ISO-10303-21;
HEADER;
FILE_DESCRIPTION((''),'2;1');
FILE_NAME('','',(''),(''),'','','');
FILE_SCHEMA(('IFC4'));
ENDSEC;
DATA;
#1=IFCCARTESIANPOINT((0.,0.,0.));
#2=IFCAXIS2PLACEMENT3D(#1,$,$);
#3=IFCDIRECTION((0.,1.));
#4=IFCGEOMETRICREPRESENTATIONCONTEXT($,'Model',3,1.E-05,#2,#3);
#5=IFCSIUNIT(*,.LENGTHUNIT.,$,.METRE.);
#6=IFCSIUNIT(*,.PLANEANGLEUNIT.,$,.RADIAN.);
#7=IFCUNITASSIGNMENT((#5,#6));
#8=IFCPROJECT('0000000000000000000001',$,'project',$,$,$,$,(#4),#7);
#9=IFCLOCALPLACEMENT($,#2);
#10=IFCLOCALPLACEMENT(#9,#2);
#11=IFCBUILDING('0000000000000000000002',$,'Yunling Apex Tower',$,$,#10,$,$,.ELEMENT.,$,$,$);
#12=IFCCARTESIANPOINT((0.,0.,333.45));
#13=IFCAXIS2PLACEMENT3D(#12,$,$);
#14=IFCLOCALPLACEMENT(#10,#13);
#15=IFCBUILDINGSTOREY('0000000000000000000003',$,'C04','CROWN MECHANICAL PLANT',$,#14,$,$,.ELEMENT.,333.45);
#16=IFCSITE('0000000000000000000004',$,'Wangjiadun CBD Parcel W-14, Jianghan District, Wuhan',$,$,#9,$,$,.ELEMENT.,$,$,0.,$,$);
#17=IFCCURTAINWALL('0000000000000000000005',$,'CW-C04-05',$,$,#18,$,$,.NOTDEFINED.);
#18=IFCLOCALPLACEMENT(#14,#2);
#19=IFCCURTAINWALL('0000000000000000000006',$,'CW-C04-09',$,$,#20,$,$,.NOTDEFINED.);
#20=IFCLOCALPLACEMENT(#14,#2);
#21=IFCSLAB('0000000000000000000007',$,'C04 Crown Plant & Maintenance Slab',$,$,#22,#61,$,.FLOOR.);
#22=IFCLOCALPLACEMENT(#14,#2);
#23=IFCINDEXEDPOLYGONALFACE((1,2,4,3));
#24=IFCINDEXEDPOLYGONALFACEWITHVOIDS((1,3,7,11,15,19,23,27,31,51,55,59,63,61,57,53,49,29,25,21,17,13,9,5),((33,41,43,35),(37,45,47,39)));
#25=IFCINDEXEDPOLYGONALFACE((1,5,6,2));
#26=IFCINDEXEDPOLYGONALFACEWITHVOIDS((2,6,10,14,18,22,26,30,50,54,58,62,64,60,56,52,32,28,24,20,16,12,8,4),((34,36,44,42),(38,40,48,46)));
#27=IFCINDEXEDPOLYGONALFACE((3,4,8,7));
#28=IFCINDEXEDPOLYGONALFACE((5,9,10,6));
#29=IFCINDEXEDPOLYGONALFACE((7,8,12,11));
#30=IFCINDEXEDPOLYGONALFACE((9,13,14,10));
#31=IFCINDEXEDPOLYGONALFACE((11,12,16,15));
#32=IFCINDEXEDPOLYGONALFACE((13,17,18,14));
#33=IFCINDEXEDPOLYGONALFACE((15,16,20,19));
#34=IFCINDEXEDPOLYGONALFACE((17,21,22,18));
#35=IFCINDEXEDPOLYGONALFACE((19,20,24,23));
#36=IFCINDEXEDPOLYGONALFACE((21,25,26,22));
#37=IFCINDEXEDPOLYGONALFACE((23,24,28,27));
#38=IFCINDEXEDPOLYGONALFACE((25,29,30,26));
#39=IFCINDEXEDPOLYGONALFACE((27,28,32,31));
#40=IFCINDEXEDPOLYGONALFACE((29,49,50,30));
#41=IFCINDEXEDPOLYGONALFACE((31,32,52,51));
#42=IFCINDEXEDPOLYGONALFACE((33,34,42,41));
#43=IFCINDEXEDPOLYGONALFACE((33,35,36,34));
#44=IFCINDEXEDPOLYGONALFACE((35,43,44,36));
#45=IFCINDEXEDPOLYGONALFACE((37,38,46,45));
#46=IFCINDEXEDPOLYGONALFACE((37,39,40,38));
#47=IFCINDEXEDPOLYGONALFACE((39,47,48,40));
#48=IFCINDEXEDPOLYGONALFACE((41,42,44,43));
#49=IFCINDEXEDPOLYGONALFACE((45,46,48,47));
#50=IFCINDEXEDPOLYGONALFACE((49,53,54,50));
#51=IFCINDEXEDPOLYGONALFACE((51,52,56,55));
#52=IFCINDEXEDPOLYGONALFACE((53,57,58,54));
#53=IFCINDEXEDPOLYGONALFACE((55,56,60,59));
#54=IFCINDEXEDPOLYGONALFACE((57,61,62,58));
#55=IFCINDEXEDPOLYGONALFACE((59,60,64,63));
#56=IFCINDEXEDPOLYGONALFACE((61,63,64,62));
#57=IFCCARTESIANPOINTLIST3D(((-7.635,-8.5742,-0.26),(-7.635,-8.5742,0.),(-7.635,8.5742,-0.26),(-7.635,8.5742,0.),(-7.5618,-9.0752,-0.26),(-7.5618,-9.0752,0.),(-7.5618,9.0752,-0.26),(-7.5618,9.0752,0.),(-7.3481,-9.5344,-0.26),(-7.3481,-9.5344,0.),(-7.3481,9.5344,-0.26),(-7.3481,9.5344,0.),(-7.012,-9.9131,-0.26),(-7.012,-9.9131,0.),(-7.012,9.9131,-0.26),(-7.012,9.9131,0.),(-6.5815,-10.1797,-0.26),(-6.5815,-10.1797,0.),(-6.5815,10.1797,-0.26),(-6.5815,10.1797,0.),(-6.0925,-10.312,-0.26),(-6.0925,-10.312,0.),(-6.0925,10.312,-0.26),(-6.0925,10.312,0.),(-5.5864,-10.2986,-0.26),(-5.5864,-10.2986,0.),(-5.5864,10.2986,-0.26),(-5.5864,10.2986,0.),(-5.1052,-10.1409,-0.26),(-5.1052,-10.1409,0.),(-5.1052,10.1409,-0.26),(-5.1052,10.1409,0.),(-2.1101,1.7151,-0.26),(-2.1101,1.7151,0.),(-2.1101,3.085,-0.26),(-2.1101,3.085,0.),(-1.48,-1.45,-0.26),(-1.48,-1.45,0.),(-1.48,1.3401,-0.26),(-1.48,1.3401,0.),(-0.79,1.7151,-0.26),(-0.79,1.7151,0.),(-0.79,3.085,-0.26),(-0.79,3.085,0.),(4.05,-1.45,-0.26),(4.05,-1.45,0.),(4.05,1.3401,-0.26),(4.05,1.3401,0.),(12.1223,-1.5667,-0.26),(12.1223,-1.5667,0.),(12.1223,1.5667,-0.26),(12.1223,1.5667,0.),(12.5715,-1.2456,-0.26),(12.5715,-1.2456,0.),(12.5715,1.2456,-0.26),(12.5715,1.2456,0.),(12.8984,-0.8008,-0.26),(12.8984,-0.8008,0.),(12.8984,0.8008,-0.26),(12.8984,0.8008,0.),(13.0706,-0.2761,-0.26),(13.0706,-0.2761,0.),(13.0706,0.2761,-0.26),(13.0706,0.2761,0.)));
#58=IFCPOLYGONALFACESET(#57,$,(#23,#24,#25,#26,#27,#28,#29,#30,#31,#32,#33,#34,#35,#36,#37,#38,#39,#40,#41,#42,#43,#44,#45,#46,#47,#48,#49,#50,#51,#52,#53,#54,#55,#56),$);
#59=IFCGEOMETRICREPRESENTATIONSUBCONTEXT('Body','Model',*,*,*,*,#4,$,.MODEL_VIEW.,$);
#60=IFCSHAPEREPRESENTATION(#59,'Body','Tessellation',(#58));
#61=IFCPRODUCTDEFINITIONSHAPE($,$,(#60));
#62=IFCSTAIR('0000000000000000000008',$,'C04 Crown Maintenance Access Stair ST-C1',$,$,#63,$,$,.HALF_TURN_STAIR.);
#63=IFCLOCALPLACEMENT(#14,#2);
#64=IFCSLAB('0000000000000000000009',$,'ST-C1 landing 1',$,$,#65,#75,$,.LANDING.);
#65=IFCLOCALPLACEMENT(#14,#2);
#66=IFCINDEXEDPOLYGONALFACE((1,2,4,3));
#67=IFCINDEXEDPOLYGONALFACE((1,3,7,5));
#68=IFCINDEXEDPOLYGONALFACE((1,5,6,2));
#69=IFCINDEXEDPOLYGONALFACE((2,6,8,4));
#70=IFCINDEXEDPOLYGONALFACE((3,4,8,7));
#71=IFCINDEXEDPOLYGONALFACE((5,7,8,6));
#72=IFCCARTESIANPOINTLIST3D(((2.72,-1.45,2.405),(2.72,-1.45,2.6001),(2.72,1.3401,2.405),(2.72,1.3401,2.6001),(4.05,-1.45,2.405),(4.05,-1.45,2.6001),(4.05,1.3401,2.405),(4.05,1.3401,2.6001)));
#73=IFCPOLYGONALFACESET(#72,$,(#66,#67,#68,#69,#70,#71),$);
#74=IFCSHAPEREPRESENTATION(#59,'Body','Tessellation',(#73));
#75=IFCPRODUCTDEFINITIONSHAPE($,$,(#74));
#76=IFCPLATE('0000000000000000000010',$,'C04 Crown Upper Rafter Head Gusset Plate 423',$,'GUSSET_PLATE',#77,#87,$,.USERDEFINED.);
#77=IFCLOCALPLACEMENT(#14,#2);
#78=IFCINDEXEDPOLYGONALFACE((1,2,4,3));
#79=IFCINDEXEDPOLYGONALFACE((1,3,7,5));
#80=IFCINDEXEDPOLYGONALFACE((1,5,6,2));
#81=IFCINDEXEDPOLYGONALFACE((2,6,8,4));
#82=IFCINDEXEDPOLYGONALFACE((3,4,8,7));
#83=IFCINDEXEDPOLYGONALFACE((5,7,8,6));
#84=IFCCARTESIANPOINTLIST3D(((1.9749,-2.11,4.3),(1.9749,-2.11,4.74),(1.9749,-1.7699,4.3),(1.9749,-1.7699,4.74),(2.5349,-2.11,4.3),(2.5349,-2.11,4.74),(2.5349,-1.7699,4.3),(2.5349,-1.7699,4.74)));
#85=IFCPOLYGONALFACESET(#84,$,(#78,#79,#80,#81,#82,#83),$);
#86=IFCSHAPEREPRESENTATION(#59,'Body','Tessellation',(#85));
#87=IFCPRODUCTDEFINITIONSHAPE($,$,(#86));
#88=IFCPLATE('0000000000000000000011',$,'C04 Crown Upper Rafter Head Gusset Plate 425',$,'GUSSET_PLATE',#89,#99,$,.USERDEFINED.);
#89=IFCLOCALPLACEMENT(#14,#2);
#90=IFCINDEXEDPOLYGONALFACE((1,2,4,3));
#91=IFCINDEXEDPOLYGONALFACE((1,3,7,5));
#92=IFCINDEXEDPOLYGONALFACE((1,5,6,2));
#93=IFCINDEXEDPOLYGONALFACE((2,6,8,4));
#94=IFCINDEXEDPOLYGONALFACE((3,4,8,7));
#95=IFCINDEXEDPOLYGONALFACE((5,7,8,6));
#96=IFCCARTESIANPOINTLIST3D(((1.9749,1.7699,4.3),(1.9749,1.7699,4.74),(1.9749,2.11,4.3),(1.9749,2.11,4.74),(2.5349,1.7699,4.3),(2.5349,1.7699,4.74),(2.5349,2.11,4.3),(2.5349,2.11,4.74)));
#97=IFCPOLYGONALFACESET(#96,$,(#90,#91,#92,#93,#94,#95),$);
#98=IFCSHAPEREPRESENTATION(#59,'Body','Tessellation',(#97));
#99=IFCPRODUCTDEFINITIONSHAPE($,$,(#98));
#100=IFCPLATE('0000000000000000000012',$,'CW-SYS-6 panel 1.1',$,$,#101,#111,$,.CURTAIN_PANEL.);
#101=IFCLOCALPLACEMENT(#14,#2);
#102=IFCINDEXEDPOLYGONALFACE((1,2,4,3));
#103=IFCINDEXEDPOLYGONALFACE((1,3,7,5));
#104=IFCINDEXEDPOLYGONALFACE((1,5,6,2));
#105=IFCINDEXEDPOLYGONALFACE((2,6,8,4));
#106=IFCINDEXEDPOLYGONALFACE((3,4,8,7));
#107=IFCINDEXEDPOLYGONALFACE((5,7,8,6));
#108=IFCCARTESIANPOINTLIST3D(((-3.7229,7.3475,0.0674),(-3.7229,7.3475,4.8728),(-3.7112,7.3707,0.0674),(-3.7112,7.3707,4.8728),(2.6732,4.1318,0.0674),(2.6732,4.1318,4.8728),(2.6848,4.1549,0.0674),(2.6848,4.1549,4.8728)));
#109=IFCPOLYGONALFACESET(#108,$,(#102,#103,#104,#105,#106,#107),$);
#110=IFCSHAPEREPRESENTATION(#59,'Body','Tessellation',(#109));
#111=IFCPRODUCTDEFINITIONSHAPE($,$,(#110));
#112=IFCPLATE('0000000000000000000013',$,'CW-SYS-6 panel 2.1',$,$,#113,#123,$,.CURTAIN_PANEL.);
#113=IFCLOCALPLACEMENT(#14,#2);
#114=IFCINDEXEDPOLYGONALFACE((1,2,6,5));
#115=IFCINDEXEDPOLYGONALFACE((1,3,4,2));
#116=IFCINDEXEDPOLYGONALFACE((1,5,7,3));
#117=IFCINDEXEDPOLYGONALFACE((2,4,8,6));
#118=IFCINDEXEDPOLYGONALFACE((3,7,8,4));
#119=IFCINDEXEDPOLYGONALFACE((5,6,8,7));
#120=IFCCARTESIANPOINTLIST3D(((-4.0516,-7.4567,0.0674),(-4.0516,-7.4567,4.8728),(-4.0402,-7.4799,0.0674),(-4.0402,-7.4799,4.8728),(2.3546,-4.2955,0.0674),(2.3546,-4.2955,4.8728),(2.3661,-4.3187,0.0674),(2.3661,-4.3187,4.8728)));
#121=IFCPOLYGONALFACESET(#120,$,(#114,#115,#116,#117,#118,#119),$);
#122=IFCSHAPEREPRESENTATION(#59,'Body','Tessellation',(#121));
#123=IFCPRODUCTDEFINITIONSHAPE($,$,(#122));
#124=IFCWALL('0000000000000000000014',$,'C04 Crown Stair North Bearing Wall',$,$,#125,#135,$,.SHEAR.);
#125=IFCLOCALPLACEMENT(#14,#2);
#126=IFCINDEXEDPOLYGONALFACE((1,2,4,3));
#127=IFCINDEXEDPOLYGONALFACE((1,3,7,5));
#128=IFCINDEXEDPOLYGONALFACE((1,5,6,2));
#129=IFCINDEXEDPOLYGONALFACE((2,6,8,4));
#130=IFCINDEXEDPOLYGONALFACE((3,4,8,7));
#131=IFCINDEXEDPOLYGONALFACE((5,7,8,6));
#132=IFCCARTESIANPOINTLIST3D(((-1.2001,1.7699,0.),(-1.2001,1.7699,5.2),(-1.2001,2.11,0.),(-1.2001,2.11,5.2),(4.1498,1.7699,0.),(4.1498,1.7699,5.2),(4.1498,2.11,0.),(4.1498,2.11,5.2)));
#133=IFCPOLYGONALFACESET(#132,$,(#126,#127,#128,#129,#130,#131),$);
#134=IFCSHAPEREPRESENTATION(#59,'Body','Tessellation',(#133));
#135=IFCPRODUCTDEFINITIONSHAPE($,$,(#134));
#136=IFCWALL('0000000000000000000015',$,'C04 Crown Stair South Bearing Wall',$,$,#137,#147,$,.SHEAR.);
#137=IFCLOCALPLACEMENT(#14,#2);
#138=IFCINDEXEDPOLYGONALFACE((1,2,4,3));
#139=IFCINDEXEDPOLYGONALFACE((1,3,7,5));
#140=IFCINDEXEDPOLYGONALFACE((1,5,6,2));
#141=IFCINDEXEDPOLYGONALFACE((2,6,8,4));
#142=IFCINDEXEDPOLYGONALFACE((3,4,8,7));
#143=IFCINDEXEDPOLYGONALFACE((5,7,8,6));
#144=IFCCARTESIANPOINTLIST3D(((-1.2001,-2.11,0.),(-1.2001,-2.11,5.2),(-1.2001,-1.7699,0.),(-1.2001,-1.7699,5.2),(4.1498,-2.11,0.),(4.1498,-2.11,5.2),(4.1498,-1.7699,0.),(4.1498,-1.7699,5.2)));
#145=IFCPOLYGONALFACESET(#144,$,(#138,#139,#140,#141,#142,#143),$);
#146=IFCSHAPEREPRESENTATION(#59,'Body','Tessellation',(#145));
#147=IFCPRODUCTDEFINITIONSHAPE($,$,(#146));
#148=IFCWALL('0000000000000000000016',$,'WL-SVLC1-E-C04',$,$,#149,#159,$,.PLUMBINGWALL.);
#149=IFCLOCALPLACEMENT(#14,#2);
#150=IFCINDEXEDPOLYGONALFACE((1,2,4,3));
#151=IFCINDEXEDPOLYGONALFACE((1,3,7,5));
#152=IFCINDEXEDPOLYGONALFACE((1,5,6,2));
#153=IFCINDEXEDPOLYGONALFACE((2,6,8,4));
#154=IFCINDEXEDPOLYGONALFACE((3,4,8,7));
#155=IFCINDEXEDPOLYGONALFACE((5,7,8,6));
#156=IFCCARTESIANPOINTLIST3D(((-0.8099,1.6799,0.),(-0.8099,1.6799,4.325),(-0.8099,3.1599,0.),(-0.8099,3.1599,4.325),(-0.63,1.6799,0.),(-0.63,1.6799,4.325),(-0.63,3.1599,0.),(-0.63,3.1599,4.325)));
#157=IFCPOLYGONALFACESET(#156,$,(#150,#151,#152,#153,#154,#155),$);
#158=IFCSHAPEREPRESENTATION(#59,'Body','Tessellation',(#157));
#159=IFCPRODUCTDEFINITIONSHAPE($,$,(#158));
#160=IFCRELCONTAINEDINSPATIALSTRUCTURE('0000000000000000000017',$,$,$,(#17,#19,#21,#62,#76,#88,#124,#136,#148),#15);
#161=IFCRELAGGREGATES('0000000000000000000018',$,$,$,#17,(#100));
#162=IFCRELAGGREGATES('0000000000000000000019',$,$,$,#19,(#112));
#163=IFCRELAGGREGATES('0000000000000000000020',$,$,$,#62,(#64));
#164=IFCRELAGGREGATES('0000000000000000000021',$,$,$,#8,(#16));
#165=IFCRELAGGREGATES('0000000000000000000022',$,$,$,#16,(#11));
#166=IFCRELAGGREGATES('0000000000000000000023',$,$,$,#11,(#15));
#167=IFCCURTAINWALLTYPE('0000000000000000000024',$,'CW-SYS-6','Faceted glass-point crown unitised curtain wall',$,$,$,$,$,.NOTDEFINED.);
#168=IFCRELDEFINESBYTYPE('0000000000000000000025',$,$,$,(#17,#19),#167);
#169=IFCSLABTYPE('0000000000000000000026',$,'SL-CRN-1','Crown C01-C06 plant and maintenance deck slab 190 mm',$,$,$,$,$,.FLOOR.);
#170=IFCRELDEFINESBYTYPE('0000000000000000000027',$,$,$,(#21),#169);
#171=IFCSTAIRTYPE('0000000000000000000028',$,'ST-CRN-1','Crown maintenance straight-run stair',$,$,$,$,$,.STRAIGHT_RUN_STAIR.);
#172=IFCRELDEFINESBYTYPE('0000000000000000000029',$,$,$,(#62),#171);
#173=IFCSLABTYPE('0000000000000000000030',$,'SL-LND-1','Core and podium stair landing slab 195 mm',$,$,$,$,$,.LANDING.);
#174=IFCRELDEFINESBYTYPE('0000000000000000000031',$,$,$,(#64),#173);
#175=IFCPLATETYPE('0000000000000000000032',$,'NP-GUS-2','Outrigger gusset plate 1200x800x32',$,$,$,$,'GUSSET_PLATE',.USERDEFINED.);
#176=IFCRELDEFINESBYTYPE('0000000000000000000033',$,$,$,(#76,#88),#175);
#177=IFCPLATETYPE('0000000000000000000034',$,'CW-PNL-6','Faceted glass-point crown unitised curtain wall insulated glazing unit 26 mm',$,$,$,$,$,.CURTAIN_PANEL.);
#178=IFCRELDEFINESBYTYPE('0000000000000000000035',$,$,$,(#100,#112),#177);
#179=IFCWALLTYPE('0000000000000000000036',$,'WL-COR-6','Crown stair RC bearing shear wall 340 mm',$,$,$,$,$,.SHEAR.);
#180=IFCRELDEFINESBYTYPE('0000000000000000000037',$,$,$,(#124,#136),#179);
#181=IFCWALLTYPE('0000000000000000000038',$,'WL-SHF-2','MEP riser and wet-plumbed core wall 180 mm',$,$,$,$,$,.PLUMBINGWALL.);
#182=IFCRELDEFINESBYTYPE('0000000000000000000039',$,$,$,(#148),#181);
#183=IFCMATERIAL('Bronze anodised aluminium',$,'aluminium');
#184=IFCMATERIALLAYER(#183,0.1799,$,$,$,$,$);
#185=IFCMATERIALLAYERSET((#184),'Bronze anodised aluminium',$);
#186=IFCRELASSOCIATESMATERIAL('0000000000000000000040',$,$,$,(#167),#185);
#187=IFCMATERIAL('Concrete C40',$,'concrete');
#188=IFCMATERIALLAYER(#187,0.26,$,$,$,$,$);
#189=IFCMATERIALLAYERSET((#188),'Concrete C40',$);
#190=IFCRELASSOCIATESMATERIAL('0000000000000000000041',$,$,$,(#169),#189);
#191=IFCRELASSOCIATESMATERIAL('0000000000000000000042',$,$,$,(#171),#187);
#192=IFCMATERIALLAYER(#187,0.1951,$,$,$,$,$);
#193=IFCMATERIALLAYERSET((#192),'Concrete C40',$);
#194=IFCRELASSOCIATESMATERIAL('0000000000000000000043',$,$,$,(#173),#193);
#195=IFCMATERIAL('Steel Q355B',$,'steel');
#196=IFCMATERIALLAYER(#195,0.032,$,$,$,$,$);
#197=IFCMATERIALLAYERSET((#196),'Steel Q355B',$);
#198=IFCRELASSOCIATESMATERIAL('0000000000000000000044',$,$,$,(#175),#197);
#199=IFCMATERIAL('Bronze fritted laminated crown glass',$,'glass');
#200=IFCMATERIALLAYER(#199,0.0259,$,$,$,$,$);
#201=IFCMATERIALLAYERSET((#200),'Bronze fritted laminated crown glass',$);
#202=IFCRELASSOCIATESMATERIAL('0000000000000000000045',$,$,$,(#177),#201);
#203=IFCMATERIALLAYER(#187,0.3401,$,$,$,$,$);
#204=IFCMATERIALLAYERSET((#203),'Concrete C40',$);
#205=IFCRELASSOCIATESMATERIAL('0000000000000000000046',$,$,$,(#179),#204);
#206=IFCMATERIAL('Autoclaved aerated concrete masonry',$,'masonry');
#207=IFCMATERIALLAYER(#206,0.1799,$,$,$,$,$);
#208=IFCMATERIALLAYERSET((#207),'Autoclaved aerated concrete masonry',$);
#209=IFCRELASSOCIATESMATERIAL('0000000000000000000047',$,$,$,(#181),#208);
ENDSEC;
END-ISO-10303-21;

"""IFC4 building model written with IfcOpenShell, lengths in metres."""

from ifc_helpers import new_model, si_unit, direction, frame, frame_2d, origin, origin_2d, place, context, subcontext, project, spatial, polyline, rectangle, outline, extrude, source, transform, mapped, material, layer, layer_set, type_object, element, aggregate, save


model = new_model("IFC4")

# Units and contexts
model_context = context("Model", 3, precision=1e-05, world=origin(), true_north=direction((0.0, 1.0)))
body_context = subcontext(model_context, "Body", "Model", "MODEL_VIEW")
ifc_project = project(units=[si_unit("LENGTHUNIT", "METRE"), si_unit("PLANEANGLEUNIT", "RADIAN")], contexts=[model_context])

# Site, building, storey
site_placement = place(None, origin())
site = spatial("IfcSite", under=ifc_project, at=site_placement, Name="Wangjiadun CBD Parcel W-14, Jianghan District, Wuhan", CompositionType="ELEMENT", RefElevation=0.0)
building_placement = place(site_placement, origin())
building = spatial("IfcBuilding", under=site, at=building_placement, Name="Yunling Apex Tower", CompositionType="ELEMENT")
storey_placement = place(building_placement, frame((0.0, 0.0, 333.45)))
storey = spatial("IfcBuildingStorey", under=building, at=storey_placement, Name="C04", Description="CROWN MECHANICAL PLANT", CompositionType="ELEMENT", Elevation=333.45)

# Shared definitions
ifc_material_1 = material(Name="Steel Q355B", Category="steel")

# Curtain wall
ifc_material_2 = material(Name="Bronze anodised aluminium", Category="aluminium")
ifc_layer_1 = layer(ifc_material_2, 0.1799)
ifc_layer_set_1 = layer_set([ifc_layer_1], Name="Bronze anodised aluminium")
curtain_wall_type = type_object("IfcCurtainWallType", Name="CW-SYS-6", Description="Faceted glass-point crown unitised curtain wall", PredefinedType="NOTDEFINED", material=ifc_layer_set_1)
curtain_wall_1_placement = place(storey_placement, origin())
curtain_wall_1 = element("IfcCurtainWall", 1, at=curtain_wall_1_placement, inside=storey, type_object=curtain_wall_type, Name="CW-C04-05", PredefinedType="NOTDEFINED")

# Curtain wall
curtain_wall_2_placement = place(storey_placement, origin())
curtain_wall_2 = element("IfcCurtainWall", 2, at=curtain_wall_2_placement, inside=storey, type_object=curtain_wall_type, Name="CW-C04-09", PredefinedType="NOTDEFINED")

# Slab
ifc_material_3 = material(Name="Concrete C40", Category="concrete")
ifc_layer_2 = layer(ifc_material_3, 0.26)
ifc_layer_set_2 = layer_set([ifc_layer_2], Name="Concrete C40")
slab_type_1 = type_object("IfcSlabType", Name="SL-CRN-1", Description="Crown C01-C06 plant and maintenance deck slab 190 mm", PredefinedType="FLOOR", material=ifc_layer_set_2)
slab_1_placement = place(storey_placement, frame((0.0, 0.0, -0.26)))
element("IfcSlab", 3, at=slab_1_placement, inside=storey, type_object=slab_type_1, Name="C04 Crown Plant & Maintenance Slab", PredefinedType="FLOOR", context=body_context, shape_type="SweptSolid", body=[
    extrude(outline(polyline([(-7.635, -8.5742), (-7.5618, -9.0752), (-7.3481, -9.5344), (-7.012, -9.9131), (-6.5815, -10.1797), (-6.0925, -10.312), (-5.5864, -10.2986), (-5.1052, -10.1409), (12.1223, -1.5667), (12.5715, -1.2456), (12.8984, -0.8008), (13.0706, -0.2761), (13.0706, 0.2761), (12.8984, 0.8008), (12.5715, 1.2456), (12.1223, 1.5667), (-5.1052, 10.1409), (-5.5864, 10.2986), (-6.0925, 10.312), (-6.5815, 10.1797), (-7.012, 9.9131), (-7.3481, 9.5344), (-7.5618, 9.0752), (-7.635, 8.5742), (-7.635, -8.5742)]), holes=[polyline([(4.05, -1.45), (-1.48, -1.45), (-1.48, 1.3401), (4.05, 1.3401), (4.05, -1.45)]), polyline([(-0.79, 1.7151), (-2.1101, 1.7151), (-2.1101, 3.085), (-0.79, 3.085), (-0.79, 1.7151)])]), origin(), (0.0, 0.0, 1.0), 0.26),
])

# Stair, slab
stair_type = type_object("IfcStairType", Name="ST-CRN-1", Description="Crown maintenance straight-run stair", PredefinedType="STRAIGHT_RUN_STAIR", material=ifc_material_3)
stair_placement = place(storey_placement, origin())
stair = element("IfcStair", 4, at=stair_placement, inside=storey, type_object=stair_type, Name="C04 Crown Maintenance Access Stair ST-C1", PredefinedType="HALF_TURN_STAIR")
ifc_layer_3 = layer(ifc_material_3, 0.1951)
ifc_layer_set_3 = layer_set([ifc_layer_3], Name="Concrete C40")
slab_type_2 = type_object("IfcSlabType", Name="SL-LND-1", Description="Core and podium stair landing slab 195 mm", PredefinedType="LANDING", material=ifc_layer_set_3)
slab_2_placement = place(storey_placement, frame((0.0, 0.0, 2.405)))
slab_2 = element("IfcSlab", 5, at=slab_2_placement, type_object=slab_type_2, Name="ST-C1 landing 1", PredefinedType="LANDING", context=body_context, shape_type="SweptSolid", body=[
    extrude(outline(polyline([(2.72, -1.45), (4.05, -1.45), (4.05, 1.3401), (2.72, 1.3401), (2.72, -1.45)])), origin(), (0.0, 0.0, 1.0), 0.1951),
])

# Plates
ifc_layer_4 = layer(ifc_material_1, 0.032)
ifc_layer_set_4 = layer_set([ifc_layer_4], Name="Steel Q355B")
plate_type_1 = type_object("IfcPlateType", Name="NP-GUS-2", Description="Outrigger gusset plate 1200x800x32", ElementType="GUSSET_PLATE", PredefinedType="USERDEFINED", material=ifc_layer_set_4)
shared_shape_1 = source(origin(), body_context, "Body", "SweptSolid", [
    extrude(rectangle(XDim=0.5601, YDim=0.3401, at=origin_2d()), origin(), (0.0, 0.0, 1.0), 0.4399),
])
for number, where, z_axis, x_axis, name in (
    (6, (2.2549, -1.9399, 4.3), (0.0, 0.0, 1.0), (1.0, 0.0, 0.0), "C04 Crown Upper Rafter Head Gusset Plate 423"),
    (7, (2.2549, 1.9399, 4.3), (0.0, 0.0, 1.0), (1.0, 0.0, 0.0), "C04 Crown Upper Rafter Head Gusset Plate 425"),
):
    element("IfcPlate", number, at=place(storey_placement, frame(where, z_axis=z_axis, x_axis=x_axis)), inside=storey, type_object=plate_type_1, Name=name, ObjectType="GUSSET_PLATE", PredefinedType="USERDEFINED", context=body_context, shape_type="MappedRepresentation", body=[
        mapped(shared_shape_1, transform((0.0, 0.0, 0.0), scale=1.0)),
    ])

# Plates
ifc_material_4 = material(Name="Bronze fritted laminated crown glass", Category="glass")
ifc_layer_5 = layer(ifc_material_4, 0.0259)
ifc_layer_set_5 = layer_set([ifc_layer_5], Name="Bronze fritted laminated crown glass")
plate_type_2 = type_object("IfcPlateType", Name="CW-PNL-6", Description="Faceted glass-point crown unitised curtain wall insulated glazing unit 26 mm", PredefinedType="CURTAIN_PANEL", material=ifc_layer_set_5)
shared_shape_2 = source(origin(), body_context, "Body", "SweptSolid", [
    extrude(rectangle(XDim=7.1589, YDim=0.0259, at=origin_2d()), origin(), (0.0, 0.0, 1.0), 4.8054),
])
plate_1_placement = place(storey_placement, frame((-0.519, 5.7512, 0.0674), z_axis=(0.0, 0.0, 1.0), x_axis=(0.893433, -0.449197, 0.0)))
plate_1 = element("IfcPlate", 8, at=plate_1_placement, type_object=plate_type_2, Name="CW-SYS-6 panel 1.1", PredefinedType="CURTAIN_PANEL", context=body_context, shape_type="MappedRepresentation", body=[
    mapped(shared_shape_2, transform((0.0, 0.0, 0.0), scale=1.0)),
])
aggregate(curtain_wall_1, [plate_1])
shared_shape_3 = source(origin(), body_context, "Body", "SweptSolid", [
    extrude(rectangle(XDim=7.1438, YDim=0.0259, at=origin_2d()), origin(), (0.0, 0.0, 1.0), 4.8054),
])
plate_2_placement = place(storey_placement, frame((-0.8428, -5.8877, 0.0674), z_axis=(0.0, 0.0, 1.0), x_axis=(-0.89676, -0.442517, 0.0)))
plate_2 = element("IfcPlate", 9, at=plate_2_placement, type_object=plate_type_2, Name="CW-SYS-6 panel 2.1", PredefinedType="CURTAIN_PANEL", context=body_context, shape_type="MappedRepresentation", body=[
    mapped(shared_shape_3, transform((0.0, 0.0, 0.0), scale=1.0)),
])
aggregate(curtain_wall_2, [plate_2])

# Walls
ifc_layer_6 = layer(ifc_material_3, 0.3401)
ifc_layer_set_6 = layer_set([ifc_layer_6], Name="Concrete C40")
wall_type_1 = type_object("IfcWallType", Name="WL-COR-6", Description="Crown stair RC bearing shear wall 340 mm", PredefinedType="SHEAR", material=ifc_layer_set_6)
for number, where, z_axis, x_axis, name in (
    (10, (-1.2, 1.9399, 0.0), (0.0, 0.0, 1.0), (1.0, 0.0, 0.0), "C04 Crown Stair North Bearing Wall"),
    (11, (-1.2, -1.9399, 0.0), (0.0, 0.0, 1.0), (1.0, 0.0, 0.0), "C04 Crown Stair South Bearing Wall"),
):
    element("IfcWall", number, at=place(storey_placement, frame(where, z_axis=z_axis, x_axis=x_axis)), inside=storey, type_object=wall_type_1, Name=name, PredefinedType="SHEAR", context=body_context, shape_type="SweptSolid", body=[
        extrude(rectangle(XDim=5.3499, YDim=0.3401, at=frame_2d((2.6748, 0.0))), origin(), (0.0, 0.0, 1.0), 5.2),
    ])
ifc_material_5 = material(Name="Autoclaved aerated concrete masonry", Category="masonry")
ifc_layer_7 = layer(ifc_material_5, 0.1799)
ifc_layer_set_7 = layer_set([ifc_layer_7], Name="Autoclaved aerated concrete masonry")
wall_type_2 = type_object("IfcWallType", Name="WL-SHF-2", Description="MEP riser and wet-plumbed core wall 180 mm", PredefinedType="PLUMBINGWALL", material=ifc_layer_set_7)
wall_placement = place(storey_placement, frame((-0.72, 1.6799, 0.0), z_axis=(0.0, 0.0, 1.0), x_axis=(0.0, 1.0, 0.0)))
element("IfcWall", 12, at=wall_placement, inside=storey, type_object=wall_type_2, Name="WL-SVLC1-E-C04", PredefinedType="PLUMBINGWALL", context=body_context, shape_type="SweptSolid", body=[
    extrude(rectangle(XDim=1.48, YDim=0.1799, at=frame_2d((0.74, 0.0))), origin(), (0.0, 0.0, 1.0), 4.325),
])

aggregate(stair, [slab_2])

save(model, "model.ifc")
